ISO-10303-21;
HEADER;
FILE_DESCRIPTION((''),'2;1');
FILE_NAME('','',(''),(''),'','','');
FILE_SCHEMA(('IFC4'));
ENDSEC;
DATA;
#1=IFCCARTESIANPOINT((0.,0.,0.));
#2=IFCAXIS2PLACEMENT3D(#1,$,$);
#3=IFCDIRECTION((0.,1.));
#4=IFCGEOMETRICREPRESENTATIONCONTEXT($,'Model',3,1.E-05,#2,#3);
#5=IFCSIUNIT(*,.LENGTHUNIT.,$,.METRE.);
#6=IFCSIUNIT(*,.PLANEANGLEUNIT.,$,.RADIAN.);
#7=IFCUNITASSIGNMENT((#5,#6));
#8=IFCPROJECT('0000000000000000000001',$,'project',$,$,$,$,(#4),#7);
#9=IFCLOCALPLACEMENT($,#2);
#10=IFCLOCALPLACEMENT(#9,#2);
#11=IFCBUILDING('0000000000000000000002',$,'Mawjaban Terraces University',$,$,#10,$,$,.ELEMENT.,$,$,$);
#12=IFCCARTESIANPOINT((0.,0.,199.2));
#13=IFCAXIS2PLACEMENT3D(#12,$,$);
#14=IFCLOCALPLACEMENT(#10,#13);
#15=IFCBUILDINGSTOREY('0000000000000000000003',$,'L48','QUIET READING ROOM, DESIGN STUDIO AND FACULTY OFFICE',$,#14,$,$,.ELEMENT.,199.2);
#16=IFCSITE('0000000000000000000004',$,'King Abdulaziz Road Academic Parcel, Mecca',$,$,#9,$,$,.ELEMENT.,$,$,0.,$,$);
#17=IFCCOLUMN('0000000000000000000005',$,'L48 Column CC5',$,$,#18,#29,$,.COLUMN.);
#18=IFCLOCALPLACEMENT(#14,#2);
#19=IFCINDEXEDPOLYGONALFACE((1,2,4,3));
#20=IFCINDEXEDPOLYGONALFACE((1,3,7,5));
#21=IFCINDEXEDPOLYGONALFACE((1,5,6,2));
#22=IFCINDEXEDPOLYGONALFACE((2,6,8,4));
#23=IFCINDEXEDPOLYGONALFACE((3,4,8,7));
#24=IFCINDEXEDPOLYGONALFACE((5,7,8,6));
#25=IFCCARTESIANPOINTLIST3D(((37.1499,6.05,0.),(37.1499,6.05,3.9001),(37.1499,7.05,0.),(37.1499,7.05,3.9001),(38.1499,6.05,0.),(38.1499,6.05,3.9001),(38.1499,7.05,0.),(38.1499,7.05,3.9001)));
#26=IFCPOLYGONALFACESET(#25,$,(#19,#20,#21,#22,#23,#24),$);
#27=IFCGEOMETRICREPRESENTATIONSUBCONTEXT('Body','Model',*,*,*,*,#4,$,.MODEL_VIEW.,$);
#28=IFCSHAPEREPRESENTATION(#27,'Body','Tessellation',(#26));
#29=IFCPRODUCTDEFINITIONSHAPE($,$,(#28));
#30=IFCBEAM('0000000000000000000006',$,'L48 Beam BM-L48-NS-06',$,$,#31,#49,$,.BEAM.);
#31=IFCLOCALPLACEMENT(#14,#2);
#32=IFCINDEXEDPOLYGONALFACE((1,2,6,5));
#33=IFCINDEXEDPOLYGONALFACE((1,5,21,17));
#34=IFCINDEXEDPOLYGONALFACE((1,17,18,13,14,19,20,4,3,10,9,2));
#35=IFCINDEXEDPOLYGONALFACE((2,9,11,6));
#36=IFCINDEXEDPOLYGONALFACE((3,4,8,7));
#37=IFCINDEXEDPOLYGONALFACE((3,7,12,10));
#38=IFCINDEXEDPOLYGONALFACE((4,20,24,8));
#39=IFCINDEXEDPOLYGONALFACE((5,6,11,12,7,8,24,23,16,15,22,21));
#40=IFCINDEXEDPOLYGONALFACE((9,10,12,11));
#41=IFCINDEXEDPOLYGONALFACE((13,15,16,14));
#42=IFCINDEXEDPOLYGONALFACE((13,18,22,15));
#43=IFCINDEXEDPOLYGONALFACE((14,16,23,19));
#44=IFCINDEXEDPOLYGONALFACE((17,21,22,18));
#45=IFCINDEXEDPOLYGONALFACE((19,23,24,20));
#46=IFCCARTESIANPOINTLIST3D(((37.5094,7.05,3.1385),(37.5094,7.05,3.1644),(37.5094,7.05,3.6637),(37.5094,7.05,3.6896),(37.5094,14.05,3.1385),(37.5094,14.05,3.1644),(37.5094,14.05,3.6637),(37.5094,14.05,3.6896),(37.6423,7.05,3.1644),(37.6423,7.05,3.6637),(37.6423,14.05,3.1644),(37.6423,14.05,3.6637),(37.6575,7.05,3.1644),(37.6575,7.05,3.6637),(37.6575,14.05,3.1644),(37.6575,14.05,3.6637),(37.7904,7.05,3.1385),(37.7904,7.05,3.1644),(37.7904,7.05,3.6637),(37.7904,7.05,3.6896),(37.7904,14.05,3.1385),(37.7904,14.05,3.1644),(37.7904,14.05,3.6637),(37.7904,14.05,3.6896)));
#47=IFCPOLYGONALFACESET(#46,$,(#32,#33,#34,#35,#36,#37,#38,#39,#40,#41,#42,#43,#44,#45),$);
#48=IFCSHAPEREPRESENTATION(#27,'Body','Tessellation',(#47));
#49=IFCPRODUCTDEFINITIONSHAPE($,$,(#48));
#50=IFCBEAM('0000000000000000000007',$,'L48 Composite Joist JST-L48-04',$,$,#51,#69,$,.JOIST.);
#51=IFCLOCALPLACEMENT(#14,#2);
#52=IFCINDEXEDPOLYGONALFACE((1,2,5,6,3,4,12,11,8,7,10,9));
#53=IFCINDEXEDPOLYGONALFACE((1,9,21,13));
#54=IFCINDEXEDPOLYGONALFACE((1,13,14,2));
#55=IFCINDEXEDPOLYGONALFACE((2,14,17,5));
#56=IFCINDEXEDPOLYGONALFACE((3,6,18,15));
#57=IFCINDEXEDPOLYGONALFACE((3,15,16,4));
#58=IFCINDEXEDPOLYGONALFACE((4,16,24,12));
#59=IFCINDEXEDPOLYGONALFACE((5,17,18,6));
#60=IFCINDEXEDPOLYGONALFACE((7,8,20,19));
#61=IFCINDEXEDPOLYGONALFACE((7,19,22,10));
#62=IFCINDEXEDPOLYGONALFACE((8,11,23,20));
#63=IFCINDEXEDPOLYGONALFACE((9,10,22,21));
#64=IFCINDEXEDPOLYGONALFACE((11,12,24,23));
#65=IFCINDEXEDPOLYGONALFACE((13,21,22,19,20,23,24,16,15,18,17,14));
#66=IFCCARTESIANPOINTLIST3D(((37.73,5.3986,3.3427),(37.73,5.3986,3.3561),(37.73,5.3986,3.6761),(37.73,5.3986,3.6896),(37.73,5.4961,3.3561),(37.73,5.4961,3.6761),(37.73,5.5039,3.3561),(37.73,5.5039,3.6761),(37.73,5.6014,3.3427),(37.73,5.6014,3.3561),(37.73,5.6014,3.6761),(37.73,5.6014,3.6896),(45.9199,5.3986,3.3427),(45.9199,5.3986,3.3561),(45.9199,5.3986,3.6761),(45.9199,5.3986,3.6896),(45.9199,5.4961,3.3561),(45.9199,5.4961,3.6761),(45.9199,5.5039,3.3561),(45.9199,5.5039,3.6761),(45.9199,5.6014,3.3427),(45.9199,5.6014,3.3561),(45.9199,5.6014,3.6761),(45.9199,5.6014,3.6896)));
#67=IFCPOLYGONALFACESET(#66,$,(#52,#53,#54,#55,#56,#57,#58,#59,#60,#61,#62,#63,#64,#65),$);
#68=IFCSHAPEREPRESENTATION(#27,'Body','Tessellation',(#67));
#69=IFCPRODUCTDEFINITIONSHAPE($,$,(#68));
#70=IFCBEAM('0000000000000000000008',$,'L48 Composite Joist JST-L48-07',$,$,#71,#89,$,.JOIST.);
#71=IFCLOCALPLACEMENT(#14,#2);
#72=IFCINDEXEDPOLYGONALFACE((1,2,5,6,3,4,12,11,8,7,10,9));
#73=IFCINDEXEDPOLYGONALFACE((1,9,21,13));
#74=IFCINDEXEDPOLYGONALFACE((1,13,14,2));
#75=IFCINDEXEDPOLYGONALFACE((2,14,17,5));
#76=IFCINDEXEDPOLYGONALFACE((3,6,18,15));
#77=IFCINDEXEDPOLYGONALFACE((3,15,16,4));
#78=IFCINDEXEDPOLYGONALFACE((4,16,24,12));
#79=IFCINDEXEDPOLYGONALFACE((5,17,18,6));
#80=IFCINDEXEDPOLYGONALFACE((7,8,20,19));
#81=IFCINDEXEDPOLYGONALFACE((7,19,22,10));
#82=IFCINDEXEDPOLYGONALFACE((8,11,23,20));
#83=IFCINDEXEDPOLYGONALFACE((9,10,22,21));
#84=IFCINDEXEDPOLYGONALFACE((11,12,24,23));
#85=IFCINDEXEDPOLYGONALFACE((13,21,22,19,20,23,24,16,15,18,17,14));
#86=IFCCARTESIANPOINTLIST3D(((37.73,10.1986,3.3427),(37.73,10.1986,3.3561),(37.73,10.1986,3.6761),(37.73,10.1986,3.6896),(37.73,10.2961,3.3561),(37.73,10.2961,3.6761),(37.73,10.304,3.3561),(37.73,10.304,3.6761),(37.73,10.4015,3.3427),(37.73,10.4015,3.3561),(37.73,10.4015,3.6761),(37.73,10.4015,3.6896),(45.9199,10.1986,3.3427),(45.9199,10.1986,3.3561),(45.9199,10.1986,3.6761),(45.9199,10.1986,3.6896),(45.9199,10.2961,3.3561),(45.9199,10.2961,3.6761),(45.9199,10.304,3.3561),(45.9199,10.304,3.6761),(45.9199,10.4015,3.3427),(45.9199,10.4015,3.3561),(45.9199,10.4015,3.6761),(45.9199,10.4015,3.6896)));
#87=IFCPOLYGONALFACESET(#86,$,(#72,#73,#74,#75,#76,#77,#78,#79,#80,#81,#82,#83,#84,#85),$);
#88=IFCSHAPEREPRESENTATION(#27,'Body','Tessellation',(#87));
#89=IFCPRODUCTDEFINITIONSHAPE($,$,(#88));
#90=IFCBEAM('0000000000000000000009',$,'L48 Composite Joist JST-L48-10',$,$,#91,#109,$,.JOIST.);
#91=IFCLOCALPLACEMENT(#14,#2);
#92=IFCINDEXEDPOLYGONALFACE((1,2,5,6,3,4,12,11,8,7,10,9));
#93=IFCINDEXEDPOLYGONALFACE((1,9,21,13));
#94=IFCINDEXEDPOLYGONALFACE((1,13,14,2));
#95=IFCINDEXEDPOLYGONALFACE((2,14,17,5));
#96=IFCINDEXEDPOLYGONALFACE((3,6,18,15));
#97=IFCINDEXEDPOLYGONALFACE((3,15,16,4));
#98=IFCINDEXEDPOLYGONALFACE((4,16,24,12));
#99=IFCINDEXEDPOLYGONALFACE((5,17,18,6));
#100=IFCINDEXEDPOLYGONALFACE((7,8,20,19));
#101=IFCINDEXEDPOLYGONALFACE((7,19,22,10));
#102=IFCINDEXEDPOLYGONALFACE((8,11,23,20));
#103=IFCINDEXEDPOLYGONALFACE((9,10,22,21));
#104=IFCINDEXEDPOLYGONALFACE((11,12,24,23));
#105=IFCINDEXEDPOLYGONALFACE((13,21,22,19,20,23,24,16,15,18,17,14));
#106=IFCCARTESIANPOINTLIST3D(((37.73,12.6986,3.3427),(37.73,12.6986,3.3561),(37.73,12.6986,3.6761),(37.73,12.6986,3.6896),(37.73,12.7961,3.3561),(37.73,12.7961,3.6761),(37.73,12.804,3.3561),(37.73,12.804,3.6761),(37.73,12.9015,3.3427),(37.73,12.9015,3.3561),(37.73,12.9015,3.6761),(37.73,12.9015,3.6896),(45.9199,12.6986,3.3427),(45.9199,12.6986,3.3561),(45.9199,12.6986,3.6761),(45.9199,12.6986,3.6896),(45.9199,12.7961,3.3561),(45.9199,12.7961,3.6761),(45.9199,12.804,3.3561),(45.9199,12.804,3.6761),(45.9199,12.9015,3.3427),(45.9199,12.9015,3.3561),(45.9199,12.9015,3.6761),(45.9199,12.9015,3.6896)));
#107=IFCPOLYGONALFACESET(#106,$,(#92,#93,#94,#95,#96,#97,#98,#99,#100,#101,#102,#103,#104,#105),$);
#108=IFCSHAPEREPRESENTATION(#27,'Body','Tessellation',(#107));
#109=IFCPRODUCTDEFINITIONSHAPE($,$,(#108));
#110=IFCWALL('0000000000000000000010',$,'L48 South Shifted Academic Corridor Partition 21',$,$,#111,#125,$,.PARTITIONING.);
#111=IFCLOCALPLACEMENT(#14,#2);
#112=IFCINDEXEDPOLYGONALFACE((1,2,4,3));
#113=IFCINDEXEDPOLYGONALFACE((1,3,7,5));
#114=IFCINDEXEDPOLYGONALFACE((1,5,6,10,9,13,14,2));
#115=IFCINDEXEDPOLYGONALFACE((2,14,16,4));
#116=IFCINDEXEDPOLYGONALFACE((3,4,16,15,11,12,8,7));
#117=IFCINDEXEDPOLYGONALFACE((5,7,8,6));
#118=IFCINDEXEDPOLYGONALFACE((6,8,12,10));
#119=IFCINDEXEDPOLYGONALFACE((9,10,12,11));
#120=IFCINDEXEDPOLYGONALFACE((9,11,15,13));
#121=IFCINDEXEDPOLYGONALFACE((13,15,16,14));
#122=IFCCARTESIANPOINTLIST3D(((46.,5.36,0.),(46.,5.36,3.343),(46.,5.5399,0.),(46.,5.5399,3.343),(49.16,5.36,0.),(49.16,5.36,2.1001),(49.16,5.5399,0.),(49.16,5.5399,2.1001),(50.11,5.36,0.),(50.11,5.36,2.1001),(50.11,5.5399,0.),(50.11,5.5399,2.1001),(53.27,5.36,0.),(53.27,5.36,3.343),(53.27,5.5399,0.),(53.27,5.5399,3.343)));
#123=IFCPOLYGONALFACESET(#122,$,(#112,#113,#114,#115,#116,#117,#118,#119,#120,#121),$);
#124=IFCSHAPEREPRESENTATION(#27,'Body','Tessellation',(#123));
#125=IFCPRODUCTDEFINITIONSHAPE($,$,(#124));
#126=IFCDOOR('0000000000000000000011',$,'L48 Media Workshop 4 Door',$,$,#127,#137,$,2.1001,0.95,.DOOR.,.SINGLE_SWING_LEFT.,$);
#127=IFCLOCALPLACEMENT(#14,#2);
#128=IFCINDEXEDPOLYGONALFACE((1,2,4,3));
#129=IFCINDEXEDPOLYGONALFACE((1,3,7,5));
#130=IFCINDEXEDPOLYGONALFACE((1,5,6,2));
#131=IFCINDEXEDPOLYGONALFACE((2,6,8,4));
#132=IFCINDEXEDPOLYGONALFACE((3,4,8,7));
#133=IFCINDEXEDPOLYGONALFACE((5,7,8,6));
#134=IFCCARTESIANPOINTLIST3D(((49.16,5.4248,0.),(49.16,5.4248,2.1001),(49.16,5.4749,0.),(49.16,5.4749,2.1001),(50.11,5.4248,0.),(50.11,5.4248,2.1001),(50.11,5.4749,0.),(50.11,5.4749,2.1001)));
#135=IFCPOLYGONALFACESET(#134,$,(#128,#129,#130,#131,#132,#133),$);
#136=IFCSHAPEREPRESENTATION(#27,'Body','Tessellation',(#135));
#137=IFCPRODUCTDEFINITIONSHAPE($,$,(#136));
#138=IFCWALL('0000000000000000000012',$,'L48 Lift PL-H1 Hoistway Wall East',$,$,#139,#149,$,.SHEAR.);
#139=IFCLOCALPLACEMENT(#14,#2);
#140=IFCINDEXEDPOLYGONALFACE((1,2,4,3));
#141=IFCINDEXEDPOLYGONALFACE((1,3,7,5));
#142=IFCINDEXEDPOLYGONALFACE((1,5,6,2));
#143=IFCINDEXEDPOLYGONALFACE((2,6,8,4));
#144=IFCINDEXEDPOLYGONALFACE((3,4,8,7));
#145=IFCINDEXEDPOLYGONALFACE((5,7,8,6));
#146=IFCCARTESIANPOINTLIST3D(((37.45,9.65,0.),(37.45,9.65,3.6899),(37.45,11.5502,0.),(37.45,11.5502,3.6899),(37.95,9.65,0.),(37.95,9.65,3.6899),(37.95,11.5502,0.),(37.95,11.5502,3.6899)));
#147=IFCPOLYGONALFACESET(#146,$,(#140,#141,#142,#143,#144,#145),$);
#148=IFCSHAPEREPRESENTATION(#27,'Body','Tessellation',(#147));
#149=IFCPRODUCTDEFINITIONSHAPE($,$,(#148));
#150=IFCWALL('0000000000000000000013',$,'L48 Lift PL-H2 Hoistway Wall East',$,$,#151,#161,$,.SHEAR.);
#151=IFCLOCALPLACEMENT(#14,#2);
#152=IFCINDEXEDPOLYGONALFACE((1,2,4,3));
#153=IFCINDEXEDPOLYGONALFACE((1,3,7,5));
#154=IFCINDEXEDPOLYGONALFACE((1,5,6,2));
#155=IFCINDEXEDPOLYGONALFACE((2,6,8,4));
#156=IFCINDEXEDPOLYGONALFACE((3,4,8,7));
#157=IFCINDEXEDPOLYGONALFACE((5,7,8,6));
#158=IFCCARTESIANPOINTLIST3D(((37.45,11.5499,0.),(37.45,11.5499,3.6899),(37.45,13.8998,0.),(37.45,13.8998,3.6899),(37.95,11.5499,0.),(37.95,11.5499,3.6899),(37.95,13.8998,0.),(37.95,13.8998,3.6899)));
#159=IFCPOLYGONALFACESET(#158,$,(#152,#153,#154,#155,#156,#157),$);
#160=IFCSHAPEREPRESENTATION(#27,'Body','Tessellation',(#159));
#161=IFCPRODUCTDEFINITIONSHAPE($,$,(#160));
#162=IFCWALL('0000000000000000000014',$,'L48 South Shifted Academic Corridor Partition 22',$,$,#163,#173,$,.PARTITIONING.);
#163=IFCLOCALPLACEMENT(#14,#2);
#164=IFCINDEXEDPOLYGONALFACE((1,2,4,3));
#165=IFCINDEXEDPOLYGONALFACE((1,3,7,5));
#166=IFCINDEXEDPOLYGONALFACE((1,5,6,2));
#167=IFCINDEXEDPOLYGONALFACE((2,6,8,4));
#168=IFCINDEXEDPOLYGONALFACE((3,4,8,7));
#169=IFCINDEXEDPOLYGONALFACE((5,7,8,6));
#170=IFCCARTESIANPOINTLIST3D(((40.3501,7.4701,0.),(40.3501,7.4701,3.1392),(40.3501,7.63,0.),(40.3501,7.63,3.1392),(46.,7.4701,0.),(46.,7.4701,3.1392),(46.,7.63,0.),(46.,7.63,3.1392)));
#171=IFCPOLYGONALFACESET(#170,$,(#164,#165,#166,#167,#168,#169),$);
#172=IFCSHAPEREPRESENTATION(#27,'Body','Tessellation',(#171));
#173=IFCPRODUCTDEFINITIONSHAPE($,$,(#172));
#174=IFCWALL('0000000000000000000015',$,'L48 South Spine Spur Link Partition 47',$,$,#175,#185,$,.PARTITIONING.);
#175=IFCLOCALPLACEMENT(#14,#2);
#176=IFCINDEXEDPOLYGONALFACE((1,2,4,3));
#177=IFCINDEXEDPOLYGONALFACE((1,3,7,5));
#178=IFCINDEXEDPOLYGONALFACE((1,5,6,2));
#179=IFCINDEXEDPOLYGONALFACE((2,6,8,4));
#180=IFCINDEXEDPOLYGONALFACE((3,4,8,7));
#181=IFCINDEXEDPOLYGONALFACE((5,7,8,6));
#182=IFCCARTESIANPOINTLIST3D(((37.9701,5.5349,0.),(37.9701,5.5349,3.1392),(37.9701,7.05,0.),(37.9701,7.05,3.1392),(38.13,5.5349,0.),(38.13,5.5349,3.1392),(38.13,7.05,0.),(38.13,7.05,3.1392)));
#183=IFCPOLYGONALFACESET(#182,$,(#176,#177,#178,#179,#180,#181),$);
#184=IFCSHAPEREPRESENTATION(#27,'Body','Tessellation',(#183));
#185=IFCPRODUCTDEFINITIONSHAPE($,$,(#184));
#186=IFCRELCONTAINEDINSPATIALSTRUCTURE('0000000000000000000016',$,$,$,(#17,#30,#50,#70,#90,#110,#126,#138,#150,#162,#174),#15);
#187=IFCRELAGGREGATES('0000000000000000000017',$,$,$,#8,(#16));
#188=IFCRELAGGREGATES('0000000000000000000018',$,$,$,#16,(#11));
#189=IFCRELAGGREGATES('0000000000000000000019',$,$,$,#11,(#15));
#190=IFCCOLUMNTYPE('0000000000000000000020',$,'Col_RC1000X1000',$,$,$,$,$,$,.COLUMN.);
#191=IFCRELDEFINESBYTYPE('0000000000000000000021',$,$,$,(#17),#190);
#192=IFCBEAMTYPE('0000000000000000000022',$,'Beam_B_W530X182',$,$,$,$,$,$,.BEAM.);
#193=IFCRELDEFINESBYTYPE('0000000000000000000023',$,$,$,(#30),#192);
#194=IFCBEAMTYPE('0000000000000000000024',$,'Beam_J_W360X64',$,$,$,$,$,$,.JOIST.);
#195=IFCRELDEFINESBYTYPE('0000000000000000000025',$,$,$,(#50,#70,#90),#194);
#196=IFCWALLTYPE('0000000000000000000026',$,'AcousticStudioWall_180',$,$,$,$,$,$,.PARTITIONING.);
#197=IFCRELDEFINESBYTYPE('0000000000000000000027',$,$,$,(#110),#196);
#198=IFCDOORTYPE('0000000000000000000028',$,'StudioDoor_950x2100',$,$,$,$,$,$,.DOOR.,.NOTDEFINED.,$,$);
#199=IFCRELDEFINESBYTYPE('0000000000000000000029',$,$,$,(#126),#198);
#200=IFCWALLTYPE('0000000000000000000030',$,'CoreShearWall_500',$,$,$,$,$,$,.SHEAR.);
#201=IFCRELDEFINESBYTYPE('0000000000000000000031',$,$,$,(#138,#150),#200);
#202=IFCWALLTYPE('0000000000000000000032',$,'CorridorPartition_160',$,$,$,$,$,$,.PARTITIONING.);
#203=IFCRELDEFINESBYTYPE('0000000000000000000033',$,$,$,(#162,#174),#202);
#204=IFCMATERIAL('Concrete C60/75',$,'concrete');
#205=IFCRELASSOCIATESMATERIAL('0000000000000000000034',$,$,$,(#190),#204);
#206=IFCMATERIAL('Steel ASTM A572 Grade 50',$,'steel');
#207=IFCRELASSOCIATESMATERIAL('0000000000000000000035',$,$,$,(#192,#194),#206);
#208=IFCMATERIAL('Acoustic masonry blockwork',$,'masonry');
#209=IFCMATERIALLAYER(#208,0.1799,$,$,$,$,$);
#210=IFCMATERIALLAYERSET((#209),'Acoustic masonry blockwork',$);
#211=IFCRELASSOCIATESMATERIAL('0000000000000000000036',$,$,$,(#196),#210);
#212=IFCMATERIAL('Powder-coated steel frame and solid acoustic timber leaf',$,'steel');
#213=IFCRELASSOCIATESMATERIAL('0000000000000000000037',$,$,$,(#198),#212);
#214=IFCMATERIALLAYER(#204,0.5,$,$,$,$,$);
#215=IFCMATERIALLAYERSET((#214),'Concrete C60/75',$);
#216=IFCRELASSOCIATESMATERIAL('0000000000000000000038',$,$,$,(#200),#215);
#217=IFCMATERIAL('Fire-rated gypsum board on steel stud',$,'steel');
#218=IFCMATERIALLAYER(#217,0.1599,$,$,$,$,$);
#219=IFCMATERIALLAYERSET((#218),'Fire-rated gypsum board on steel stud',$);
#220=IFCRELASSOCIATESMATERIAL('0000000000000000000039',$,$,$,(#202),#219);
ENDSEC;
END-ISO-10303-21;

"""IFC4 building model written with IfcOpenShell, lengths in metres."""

from ifc_helpers import new_model, si_unit, direction, frame, frame_2d, origin, origin_2d, place, context, subcontext, project, spatial, rectangle, i_section, extrude, material, layer, layer_set, material_profile, profile_set, type_object, element, fill, save


model = new_model("IFC4")

# Units and contexts
model_context = context("Model", 3, precision=1e-05, world=origin(), true_north=direction((0.0, 1.0)))
body_context = subcontext(model_context, "Body", "Model", "MODEL_VIEW")
ifc_project = project(units=[si_unit("LENGTHUNIT", "METRE"), si_unit("PLANEANGLEUNIT", "RADIAN")], contexts=[model_context])

# Site, building, storey
site_placement = place(None, origin())
site = spatial("IfcSite", under=ifc_project, at=site_placement, Name="King Abdulaziz Road Academic Parcel, Mecca", CompositionType="ELEMENT", RefElevation=0.0)
building_placement = place(site_placement, origin())
building = spatial("IfcBuilding", under=site, at=building_placement, Name="Mawjaban Terraces University", CompositionType="ELEMENT")
storey_placement = place(building_placement, frame((0.0, 0.0, 199.2)))
storey = spatial("IfcBuildingStorey", under=building, at=storey_placement, Name="L48", Description="QUIET READING ROOM, DESIGN STUDIO AND FACULTY OFFICE", CompositionType="ELEMENT", Elevation=199.2)

# Column
ifc_material_1 = material(Name="Concrete C60/75", Category="concrete")
ifc_material_profile_1 = material_profile(ifc_material_1, rectangle(XDim=1.0, YDim=1.0, at=origin_2d()), Name="RC1000X1000")
ifc_profile_set_1 = profile_set([ifc_material_profile_1], Name="Concrete C60/75")
column_type = type_object("IfcColumnType", Name="Col_RC1000X1000", PredefinedType="COLUMN", material=ifc_profile_set_1)
column_placement = place(storey_placement, frame((37.6499, 6.55, 0.0), z_axis=(0.0, 0.0, 1.0), x_axis=(1.0, 0.0, 0.0)))
element("IfcColumn", 1, at=column_placement, inside=storey, type_object=column_type, Name="L48 Column CC5", PredefinedType="COLUMN", context=body_context, shape_type="SweptSolid", body=[
    extrude(rectangle(XDim=1.0, YDim=1.0, at=origin_2d()), origin(), (0.0, 0.0, 1.0), 3.9001),
])

# Beams
ifc_material_2 = material(Name="Steel ASTM A572 Grade 50", Category="steel")
ifc_material_profile_2 = material_profile(ifc_material_2, i_section(OverallWidth=0.281, OverallDepth=0.551, WebThickness=0.0151, FlangeThickness=0.0259, at=origin_2d()), Name="W530X182")
ifc_profile_set_2 = profile_set([ifc_material_profile_2], Name="Steel ASTM A572 Grade 50")
beam_type_1 = type_object("IfcBeamType", Name="Beam_B_W530X182", PredefinedType="BEAM", material=ifc_profile_set_2)
beam_placement = place(storey_placement, frame((37.6499, 7.05, 3.4141), z_axis=(0.0, 1.0, 0.0), x_axis=(-1.0, 0.0, 0.0)))
element("IfcBeam", 2, at=beam_placement, inside=storey, type_object=beam_type_1, Name="L48 Beam BM-L48-NS-06", PredefinedType="BEAM", context=body_context, shape_type="SweptSolid", body=[
    extrude(i_section(OverallWidth=0.281, OverallDepth=0.551, WebThickness=0.0151, FlangeThickness=0.0259, at=origin_2d()), origin(), (0.0, 0.0, 1.0), 7.0),
])
ifc_material_profile_3 = material_profile(ifc_material_2, i_section(OverallWidth=0.2029, OverallDepth=0.3469, WebThickness=0.0078, FlangeThickness=0.0134, at=origin_2d()), Name="W360X64")
ifc_profile_set_3 = profile_set([ifc_material_profile_3], Name="Steel ASTM A572 Grade 50")
beam_type_2 = type_object("IfcBeamType", Name="Beam_J_W360X64", PredefinedType="JOIST", material=ifc_profile_set_3)
for number, where, z_axis, x_axis, name in (
    (3, (37.73, 5.5, 3.5161), (1.0, 0.0, 0.0), (0.0, 1.0, 0.0), "L48 Composite Joist JST-L48-04"),
    (4, (37.73, 10.3, 3.5161), (1.0, 0.0, 0.0), (0.0, 1.0, 0.0), "L48 Composite Joist JST-L48-07"),
    (5, (37.73, 12.8, 3.5161), (1.0, 0.0, 0.0), (0.0, 1.0, 0.0), "L48 Composite Joist JST-L48-10"),
):
    element("IfcBeam", number, at=place(storey_placement, frame(where, z_axis=z_axis, x_axis=x_axis)), inside=storey, type_object=beam_type_2, Name=name, PredefinedType="JOIST", context=body_context, shape_type="SweptSolid", body=[
        extrude(i_section(OverallWidth=0.2029, OverallDepth=0.3469, WebThickness=0.0078, FlangeThickness=0.0134, at=origin_2d()), origin(), (0.0, 0.0, 1.0), 8.1899),
    ])

# Wall, opening, door
ifc_material_3 = material(Name="Acoustic masonry blockwork", Category="masonry")
ifc_layer_1 = layer(ifc_material_3, 0.1799)
ifc_layer_set_1 = layer_set([ifc_layer_1], Name="Acoustic masonry blockwork")
wall_type_1 = type_object("IfcWallType", Name="AcousticStudioWall_180", PredefinedType="PARTITIONING", material=ifc_layer_set_1)
wall_1_placement = place(storey_placement, frame((46.0, 5.45, 0.0), z_axis=(0.0, 0.0, 1.0), x_axis=(1.0, 0.0, 0.0)))
wall_1 = element("IfcWall", 6, at=wall_1_placement, inside=storey, type_object=wall_type_1, Name="L48 South Shifted Academic Corridor Partition 21", PredefinedType="PARTITIONING", context=body_context, shape_type="SweptSolid", body=[
    extrude(rectangle(XDim=7.27, YDim=0.1799, at=frame_2d((3.635, 0.0))), origin(), (0.0, 0.0, 1.0), 3.343),
])
opening_1_placement = place(wall_1_placement, frame((3.1599, 0.0, 0.0)))
opening_1 = element("IfcOpeningElement", 7, at=opening_1_placement, cuts=wall_1, PredefinedType="OPENING", context=body_context, shape_type="SweptSolid", body=[
    extrude(rectangle(XDim=0.95, YDim=2.1001, at=frame_2d((0.4751, 1.05))), frame((0.0, 0.0999, 0.0), z_axis=(0.0, -1.0, 0.0), x_axis=(1.0, 0.0, 0.0)), (0.0, 0.0, 1.0), 0.2),
])
ifc_material_4 = material(Name="Powder-coated steel frame and solid acoustic timber leaf", Category="steel")
door_type_1 = type_object("IfcDoorType", Name="StudioDoor_950x2100", OperationType="NOTDEFINED", PredefinedType="DOOR", material=ifc_material_4)
door_1_placement = place(opening_1_placement, origin())
door_1 = element("IfcDoor", 8, at=door_1_placement, inside=storey, type_object=door_type_1, Name="L48 Media Workshop 4 Door", OperationType="SINGLE_SWING_LEFT", OverallHeight=2.1001, OverallWidth=0.95, PredefinedType="DOOR", context=body_context, shape_type="SweptSolid", body=[
    extrude(rectangle(XDim=0.95, YDim=2.1001, at=frame_2d((0.4751, 1.05))), frame((0.0, 0.0249, 0.0), z_axis=(0.0, -1.0, 0.0), x_axis=(1.0, 0.0, 0.0)), (0.0, 0.0, 1.0), 0.05),
])
fill(opening_1, door_1)

# Walls
ifc_layer_2 = layer(ifc_material_1, 0.5)
ifc_layer_set_2 = layer_set([ifc_layer_2], Name="Concrete C60/75")
wall_type_2 = type_object("IfcWallType", Name="CoreShearWall_500", PredefinedType="SHEAR", material=ifc_layer_set_2)
wall_2_placement = place(storey_placement, frame((37.7, 9.6499, 0.0), z_axis=(0.0, 0.0, 1.0), x_axis=(0.0, 1.0, 0.0)))
element("IfcWall", 9, at=wall_2_placement, inside=storey, type_object=wall_type_2, Name="L48 Lift PL-H1 Hoistway Wall East", PredefinedType="SHEAR", context=body_context, shape_type="SweptSolid", body=[
    extrude(rectangle(XDim=1.9001, YDim=0.5, at=frame_2d((0.9502, 0.0))), origin(), (0.0, 0.0, 1.0), 3.6899),
])
wall_3_placement = place(storey_placement, frame((37.7, 11.55, 0.0), z_axis=(0.0, 0.0, 1.0), x_axis=(0.0, 1.0, 0.0)))
element("IfcWall", 10, at=wall_3_placement, inside=storey, type_object=wall_type_2, Name="L48 Lift PL-H2 Hoistway Wall East", PredefinedType="SHEAR", context=body_context, shape_type="SweptSolid", body=[
    extrude(rectangle(XDim=2.3499, YDim=0.5, at=frame_2d((1.1748, 0.0))), origin(), (0.0, 0.0, 1.0), 3.6899),
])
ifc_material_5 = material(Name="Fire-rated gypsum board on steel stud", Category="steel")
ifc_layer_3 = layer(ifc_material_5, 0.1599)
ifc_layer_set_3 = layer_set([ifc_layer_3], Name="Fire-rated gypsum board on steel stud")
wall_type_3 = type_object("IfcWallType", Name="CorridorPartition_160", PredefinedType="PARTITIONING", material=ifc_layer_set_3)
wall_4_placement = place(storey_placement, frame((46.0, 7.55, 0.0), z_axis=(0.0, 0.0, 1.0), x_axis=(-1.0, 0.0, 0.0)))
element("IfcWall", 11, at=wall_4_placement, inside=storey, type_object=wall_type_3, Name="L48 South Shifted Academic Corridor Partition 22", PredefinedType="PARTITIONING", context=body_context, shape_type="SweptSolid", body=[
    extrude(rectangle(XDim=5.6499, YDim=0.1599, at=frame_2d((2.825, 0.0))), origin(), (0.0, 0.0, 1.0), 3.1392),
])
wall_5_placement = place(storey_placement, frame((38.05, 7.05, 0.0), z_axis=(0.0, 0.0, 1.0), x_axis=(0.0, -1.0, 0.0)))
element("IfcWall", 12, at=wall_5_placement, inside=storey, type_object=wall_type_3, Name="L48 South Spine Spur Link Partition 47", PredefinedType="PARTITIONING", context=body_context, shape_type="SweptSolid", body=[
    extrude(rectangle(XDim=1.5151, YDim=0.1599, at=frame_2d((0.7576, 0.0))), origin(), (0.0, 0.0, 1.0), 3.1392),
])

save(model, "model.ifc")
